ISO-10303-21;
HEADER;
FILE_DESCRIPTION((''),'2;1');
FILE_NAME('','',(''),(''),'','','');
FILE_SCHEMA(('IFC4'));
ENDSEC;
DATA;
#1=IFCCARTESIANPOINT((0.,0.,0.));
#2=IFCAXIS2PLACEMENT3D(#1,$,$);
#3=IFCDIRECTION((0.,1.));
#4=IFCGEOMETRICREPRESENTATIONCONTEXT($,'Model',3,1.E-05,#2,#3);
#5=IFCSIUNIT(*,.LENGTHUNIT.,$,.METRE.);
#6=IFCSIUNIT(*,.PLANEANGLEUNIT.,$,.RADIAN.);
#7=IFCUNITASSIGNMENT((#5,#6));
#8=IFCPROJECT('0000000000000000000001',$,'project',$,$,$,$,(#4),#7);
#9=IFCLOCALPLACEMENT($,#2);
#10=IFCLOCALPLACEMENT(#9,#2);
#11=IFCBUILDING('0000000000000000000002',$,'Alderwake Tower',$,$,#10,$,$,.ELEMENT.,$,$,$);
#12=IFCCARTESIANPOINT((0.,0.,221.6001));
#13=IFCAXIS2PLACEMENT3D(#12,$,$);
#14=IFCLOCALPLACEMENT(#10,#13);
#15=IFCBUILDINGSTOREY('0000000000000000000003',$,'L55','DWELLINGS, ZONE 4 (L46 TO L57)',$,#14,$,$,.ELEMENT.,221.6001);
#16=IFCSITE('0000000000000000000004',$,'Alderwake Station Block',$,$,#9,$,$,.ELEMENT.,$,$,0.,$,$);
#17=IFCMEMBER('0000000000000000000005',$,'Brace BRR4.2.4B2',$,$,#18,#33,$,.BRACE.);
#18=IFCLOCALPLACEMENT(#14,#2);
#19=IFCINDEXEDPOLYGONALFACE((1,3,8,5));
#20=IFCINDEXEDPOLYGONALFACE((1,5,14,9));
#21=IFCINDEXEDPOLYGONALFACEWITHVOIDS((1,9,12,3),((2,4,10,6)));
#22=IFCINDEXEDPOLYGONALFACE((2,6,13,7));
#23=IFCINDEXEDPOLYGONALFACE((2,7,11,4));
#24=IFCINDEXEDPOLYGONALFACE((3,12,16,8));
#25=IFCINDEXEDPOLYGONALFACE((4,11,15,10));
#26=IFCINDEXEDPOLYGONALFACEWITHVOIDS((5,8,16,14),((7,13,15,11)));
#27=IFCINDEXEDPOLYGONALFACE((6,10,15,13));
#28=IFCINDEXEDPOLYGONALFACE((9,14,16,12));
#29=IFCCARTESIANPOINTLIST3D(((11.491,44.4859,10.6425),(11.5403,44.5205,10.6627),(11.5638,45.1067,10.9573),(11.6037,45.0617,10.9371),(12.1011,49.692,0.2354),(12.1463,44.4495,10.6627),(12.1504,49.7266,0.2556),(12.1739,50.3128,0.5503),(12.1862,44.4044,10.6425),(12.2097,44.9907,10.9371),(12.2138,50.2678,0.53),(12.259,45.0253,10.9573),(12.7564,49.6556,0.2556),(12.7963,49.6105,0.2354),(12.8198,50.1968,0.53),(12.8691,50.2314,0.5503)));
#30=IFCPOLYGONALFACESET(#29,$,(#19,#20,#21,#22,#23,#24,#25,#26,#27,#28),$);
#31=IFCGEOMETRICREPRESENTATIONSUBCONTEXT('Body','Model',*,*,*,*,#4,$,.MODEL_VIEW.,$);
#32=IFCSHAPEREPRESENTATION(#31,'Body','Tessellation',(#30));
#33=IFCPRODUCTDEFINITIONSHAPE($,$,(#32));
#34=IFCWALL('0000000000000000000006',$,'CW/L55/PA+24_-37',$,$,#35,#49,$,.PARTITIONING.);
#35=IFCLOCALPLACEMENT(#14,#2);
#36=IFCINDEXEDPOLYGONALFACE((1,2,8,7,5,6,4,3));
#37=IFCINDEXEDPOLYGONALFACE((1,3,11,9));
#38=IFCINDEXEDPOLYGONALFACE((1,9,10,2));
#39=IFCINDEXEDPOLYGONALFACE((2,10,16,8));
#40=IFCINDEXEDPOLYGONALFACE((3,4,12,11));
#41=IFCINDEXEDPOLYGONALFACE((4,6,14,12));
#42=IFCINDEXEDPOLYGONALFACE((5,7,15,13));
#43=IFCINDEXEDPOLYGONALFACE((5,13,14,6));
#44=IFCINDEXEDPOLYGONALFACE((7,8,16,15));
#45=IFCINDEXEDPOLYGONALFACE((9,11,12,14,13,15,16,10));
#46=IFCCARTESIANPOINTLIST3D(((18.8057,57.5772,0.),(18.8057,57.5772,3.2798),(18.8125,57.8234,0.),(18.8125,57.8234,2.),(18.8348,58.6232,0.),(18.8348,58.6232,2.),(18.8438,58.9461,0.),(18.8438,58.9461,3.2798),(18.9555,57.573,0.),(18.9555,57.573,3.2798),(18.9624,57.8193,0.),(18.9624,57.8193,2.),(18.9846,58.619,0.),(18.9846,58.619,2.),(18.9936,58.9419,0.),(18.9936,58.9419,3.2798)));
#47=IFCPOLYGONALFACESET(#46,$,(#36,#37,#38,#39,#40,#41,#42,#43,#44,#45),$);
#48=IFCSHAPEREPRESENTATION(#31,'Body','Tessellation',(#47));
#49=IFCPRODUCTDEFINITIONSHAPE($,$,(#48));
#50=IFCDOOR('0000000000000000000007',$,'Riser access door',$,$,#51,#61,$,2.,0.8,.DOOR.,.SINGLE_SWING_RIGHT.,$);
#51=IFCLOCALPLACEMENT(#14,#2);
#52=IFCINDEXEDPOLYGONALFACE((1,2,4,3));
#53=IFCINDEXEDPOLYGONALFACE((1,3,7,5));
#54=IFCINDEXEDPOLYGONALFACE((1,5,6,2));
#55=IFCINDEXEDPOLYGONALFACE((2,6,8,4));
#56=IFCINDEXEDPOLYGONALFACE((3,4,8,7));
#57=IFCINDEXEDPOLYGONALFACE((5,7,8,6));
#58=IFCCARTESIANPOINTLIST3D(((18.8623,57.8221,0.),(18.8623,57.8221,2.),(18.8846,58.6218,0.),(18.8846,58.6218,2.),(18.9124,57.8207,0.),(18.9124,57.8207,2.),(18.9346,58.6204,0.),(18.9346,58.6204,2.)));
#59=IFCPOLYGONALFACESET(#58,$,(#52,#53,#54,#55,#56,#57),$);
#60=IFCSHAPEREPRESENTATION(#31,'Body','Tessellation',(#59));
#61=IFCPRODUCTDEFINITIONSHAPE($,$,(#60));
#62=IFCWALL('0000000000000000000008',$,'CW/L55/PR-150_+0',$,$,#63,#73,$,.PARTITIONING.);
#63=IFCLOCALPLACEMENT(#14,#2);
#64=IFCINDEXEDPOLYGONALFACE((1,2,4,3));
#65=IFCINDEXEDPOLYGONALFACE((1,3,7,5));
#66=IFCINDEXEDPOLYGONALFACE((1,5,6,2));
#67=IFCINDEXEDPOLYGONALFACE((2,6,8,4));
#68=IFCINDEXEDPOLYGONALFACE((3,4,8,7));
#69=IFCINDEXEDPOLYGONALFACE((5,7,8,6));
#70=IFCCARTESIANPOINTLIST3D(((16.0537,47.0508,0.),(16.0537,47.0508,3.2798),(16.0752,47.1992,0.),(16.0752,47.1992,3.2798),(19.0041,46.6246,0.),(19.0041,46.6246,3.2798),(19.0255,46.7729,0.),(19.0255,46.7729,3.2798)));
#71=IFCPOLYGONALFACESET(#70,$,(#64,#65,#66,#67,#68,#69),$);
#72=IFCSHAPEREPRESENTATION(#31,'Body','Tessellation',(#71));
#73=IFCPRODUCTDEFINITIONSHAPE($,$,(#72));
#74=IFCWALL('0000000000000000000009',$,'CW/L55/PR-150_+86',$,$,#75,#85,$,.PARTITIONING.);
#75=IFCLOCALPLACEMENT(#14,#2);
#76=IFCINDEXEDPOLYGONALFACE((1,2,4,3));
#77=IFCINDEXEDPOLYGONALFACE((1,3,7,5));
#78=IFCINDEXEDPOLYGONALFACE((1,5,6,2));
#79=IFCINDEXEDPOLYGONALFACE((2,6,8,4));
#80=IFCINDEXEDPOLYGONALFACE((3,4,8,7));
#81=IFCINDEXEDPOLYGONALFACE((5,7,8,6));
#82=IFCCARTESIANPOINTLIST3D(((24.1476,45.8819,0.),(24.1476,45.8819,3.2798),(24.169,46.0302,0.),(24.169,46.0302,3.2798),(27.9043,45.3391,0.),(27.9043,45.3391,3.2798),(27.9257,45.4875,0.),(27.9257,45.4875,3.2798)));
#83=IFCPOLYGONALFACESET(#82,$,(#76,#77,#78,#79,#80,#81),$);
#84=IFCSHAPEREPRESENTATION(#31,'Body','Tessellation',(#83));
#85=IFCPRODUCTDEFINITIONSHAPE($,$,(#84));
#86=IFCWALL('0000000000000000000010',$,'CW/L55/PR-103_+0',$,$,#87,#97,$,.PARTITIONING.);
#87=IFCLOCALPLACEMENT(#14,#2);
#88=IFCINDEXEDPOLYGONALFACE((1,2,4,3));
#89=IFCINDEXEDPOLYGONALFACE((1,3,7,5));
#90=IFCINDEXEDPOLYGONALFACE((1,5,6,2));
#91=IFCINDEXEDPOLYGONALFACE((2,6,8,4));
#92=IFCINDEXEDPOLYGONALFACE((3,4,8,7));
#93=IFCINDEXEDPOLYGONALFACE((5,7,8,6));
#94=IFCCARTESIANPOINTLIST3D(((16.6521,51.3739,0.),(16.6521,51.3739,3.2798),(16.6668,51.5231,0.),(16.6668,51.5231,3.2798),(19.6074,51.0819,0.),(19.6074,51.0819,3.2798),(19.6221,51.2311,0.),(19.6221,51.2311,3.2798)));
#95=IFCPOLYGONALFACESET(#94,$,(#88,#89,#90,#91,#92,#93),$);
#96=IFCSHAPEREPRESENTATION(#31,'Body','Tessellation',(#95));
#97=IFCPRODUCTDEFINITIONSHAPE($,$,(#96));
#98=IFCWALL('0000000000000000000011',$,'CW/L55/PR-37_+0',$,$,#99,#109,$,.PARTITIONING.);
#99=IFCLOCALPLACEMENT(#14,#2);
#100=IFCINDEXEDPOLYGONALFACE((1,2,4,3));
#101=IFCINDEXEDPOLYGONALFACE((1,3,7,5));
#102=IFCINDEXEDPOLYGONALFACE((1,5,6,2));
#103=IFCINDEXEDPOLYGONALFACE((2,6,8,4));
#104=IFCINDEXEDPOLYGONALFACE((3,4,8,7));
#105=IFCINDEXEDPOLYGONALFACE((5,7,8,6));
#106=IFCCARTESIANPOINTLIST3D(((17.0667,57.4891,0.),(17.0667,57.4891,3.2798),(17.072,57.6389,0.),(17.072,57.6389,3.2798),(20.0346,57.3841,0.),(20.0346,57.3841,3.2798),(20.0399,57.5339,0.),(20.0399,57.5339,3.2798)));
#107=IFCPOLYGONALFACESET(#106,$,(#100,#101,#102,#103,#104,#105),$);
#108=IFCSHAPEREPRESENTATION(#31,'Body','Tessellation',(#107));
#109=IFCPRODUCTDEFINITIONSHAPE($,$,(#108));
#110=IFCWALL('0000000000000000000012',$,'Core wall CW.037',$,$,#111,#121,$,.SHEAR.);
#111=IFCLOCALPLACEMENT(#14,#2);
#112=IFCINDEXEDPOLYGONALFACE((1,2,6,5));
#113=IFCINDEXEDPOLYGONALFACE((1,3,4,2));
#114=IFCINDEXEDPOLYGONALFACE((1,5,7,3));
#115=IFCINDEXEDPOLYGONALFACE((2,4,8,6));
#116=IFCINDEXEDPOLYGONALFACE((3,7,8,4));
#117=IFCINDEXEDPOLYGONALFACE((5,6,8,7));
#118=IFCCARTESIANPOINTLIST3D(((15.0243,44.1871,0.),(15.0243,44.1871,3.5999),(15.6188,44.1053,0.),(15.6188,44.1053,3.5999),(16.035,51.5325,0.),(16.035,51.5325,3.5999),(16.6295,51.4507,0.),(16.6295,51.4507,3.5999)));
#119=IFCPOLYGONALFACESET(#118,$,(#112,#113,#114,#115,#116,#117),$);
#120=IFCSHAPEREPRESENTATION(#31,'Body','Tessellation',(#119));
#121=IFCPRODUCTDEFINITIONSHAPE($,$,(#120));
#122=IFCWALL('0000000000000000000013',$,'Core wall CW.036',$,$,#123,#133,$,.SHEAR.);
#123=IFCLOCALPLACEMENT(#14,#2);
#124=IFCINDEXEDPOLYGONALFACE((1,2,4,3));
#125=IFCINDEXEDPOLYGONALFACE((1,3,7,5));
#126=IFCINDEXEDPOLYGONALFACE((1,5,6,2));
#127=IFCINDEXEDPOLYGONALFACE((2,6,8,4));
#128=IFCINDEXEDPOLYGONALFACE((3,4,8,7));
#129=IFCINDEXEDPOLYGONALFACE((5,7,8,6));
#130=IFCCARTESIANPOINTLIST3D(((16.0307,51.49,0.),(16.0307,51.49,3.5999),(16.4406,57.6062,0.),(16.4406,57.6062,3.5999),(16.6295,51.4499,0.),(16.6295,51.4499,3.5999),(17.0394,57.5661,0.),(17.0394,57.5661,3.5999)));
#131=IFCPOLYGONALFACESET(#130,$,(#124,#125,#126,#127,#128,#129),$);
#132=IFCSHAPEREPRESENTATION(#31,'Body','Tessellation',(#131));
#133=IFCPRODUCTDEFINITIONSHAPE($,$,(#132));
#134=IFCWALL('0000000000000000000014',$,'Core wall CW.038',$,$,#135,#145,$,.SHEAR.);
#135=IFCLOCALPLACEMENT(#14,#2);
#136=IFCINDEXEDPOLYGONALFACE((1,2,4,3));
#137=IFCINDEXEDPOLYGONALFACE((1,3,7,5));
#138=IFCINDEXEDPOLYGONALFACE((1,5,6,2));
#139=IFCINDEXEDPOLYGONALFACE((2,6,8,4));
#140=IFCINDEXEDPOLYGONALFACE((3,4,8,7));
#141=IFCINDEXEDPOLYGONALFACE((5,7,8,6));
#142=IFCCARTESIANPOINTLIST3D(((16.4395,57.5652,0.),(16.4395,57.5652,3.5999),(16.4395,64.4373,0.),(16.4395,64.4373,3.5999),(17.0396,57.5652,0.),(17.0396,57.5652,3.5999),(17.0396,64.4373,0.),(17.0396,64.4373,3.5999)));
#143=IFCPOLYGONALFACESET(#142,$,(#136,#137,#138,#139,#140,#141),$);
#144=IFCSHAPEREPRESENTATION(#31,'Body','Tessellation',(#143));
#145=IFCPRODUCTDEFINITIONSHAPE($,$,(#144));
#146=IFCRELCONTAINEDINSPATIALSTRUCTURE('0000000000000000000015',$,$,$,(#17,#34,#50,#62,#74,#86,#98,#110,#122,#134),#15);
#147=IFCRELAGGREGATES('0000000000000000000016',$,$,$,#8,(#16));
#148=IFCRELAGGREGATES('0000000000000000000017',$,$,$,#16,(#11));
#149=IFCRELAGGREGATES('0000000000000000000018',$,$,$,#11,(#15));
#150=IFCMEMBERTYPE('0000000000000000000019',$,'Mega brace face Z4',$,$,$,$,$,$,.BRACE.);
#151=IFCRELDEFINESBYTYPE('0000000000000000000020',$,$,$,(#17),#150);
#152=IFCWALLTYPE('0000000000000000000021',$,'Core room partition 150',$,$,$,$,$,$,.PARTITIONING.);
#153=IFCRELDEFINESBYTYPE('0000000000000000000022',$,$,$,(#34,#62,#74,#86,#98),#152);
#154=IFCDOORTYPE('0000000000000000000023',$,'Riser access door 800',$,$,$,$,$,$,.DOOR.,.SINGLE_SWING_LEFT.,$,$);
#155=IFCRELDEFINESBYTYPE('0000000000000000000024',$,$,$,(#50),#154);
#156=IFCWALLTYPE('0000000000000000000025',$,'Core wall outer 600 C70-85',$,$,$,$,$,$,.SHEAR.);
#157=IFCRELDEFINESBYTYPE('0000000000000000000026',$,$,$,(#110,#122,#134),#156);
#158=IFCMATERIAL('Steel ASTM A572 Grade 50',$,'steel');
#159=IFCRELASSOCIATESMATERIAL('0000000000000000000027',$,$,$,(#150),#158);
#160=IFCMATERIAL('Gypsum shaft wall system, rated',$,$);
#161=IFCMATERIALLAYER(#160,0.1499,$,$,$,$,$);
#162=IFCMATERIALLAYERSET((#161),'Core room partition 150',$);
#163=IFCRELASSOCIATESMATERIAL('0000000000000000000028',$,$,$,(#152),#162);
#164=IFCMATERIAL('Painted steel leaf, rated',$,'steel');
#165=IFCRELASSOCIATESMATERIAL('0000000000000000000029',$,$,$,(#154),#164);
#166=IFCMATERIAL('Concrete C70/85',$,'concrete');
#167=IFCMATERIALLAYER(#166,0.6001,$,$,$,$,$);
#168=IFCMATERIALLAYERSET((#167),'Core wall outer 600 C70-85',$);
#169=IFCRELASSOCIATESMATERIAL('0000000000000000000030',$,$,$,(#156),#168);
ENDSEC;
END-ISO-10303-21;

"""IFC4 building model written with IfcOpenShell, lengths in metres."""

from ifc_helpers import new_model, si_unit, direction, frame, frame_2d, origin, origin_2d, place, context, subcontext, project, spatial, rectangle, hollow_rectangle, extrude, material, layer, layer_set, material_profile, profile_set, type_object, element, fill, save


model = new_model("IFC4")

# Units and contexts
model_context = context("Model", 3, precision=1e-05, world=origin(), true_north=direction((0.0, 1.0)))
body_context = subcontext(model_context, "Body", "Model", "MODEL_VIEW")
ifc_project = project(units=[si_unit("LENGTHUNIT", "METRE"), si_unit("PLANEANGLEUNIT", "RADIAN")], contexts=[model_context])

# Site, building, storey
site_placement = place(None, origin())
site = spatial("IfcSite", under=ifc_project, at=site_placement, Name="Alderwake Station Block", CompositionType="ELEMENT", RefElevation=0.0)
building_placement = place(site_placement, origin())
building = spatial("IfcBuilding", under=site, at=building_placement, Name="Alderwake Tower", CompositionType="ELEMENT")
storey_placement = place(building_placement, frame((0.0, 0.0, 221.6001)))
storey = spatial("IfcBuildingStorey", under=building, at=storey_placement, Name="L55", Description="DWELLINGS, ZONE 4 (L46 TO L57)", CompositionType="ELEMENT", Elevation=221.6001)

# Member
ifc_material_1 = material(Name="Steel ASTM A572 Grade 50", Category="steel")
ifc_material_profile_1 = material_profile(ifc_material_1, hollow_rectangle(XDim=0.7, YDim=0.7, WallThickness=0.0449, at=origin_2d()), Name="BOX 700X700X45")
ifc_profile_set_1 = profile_set([ifc_material_profile_1], Name="Steel ASTM A572 Grade 50")
member_type = type_object("IfcMemberType", Name="Mega brace face Z4", PredefinedType="BRACE", material=ifc_profile_set_1)
member_placement = place(storey_placement, frame((12.4851, 49.9617, 0.3928), z_axis=(-0.052359, -0.446776, 0.893112), x_axis=(0.993203, -0.116395, 0.0)))
element("IfcMember", 1, at=member_placement, inside=storey, type_object=member_type, Name="Brace BRR4.2.4B2", PredefinedType="BRACE", context=body_context, shape_type="SweptSolid", body=[
    extrude(hollow_rectangle(XDim=0.7, YDim=0.7, WallThickness=0.0449, at=origin_2d()), origin(), (0.0, 0.0, 1.0), 11.6526),
])

# Wall, opening, door
ifc_material_2 = material(Name="Gypsum shaft wall system, rated")
ifc_layer_1 = layer(ifc_material_2, 0.1499)
ifc_layer_set_1 = layer_set([ifc_layer_1], Name="Core room partition 150")
wall_type_1 = type_object("IfcWallType", Name="Core room partition 150", PredefinedType="PARTITIONING", material=ifc_layer_set_1)
wall_1_placement = place(storey_placement, frame((18.9187, 58.9438, 0.0), z_axis=(0.0, 0.0, 1.0), x_axis=(-0.027812, -0.999613, 0.0)))
wall_1 = element("IfcWall", 2, at=wall_1_placement, inside=storey, type_object=wall_type_1, Name="CW/L55/PA+24_-37", PredefinedType="PARTITIONING", context=body_context, shape_type="SweptSolid", body=[
    extrude(rectangle(XDim=1.3694, YDim=0.1499, at=frame_2d((0.6846, 0.0))), origin(), (0.0, 0.0, 1.0), 3.2798),
])
opening_1_placement = place(wall_1_placement, frame((0.323, 0.0, 0.0)))
opening_1 = element("IfcOpeningElement", 3, at=opening_1_placement, cuts=wall_1, PredefinedType="OPENING", context=body_context, shape_type="SweptSolid", body=[
    extrude(rectangle(XDim=0.8, YDim=2.0, at=frame_2d((0.3999, 1.0))), frame((0.0, 0.085, 0.0), z_axis=(0.0, -1.0, 0.0), x_axis=(1.0, 0.0, 0.0)), (0.0, 0.0, 1.0), 0.1699),
])
ifc_material_3 = material(Name="Painted steel leaf, rated", Category="steel")
door_type_1 = type_object("IfcDoorType", Name="Riser access door 800", OperationType="SINGLE_SWING_LEFT", PredefinedType="DOOR", material=ifc_material_3)
door_1_placement = place(opening_1_placement, origin())
door_1 = element("IfcDoor", 4, at=door_1_placement, inside=storey, type_object=door_type_1, Name="Riser access door", OperationType="SINGLE_SWING_RIGHT", OverallHeight=2.0, OverallWidth=0.8, PredefinedType="DOOR", context=body_context, shape_type="SweptSolid", body=[
    extrude(rectangle(XDim=0.8, YDim=2.0, at=frame_2d((0.3999, 1.0))), frame((0.0, 0.0249, 0.0), z_axis=(0.0, -1.0, 0.0), x_axis=(1.0, 0.0, 0.0)), (0.0, 0.0, 1.0), 0.05),
])
fill(opening_1, door_1)

# Walls
wall_2_placement = place(storey_placement, frame((16.0645, 47.125, 0.0), z_axis=(0.0, 0.0, 1.0), x_axis=(0.989724, -0.142992, 0.0)))
element("IfcWall", 5, at=wall_2_placement, inside=storey, type_object=wall_type_1, Name="CW/L55/PR-150_+0", PredefinedType="PARTITIONING", context=body_context, shape_type="SweptSolid", body=[
    extrude(rectangle(XDim=2.981, YDim=0.1499, at=frame_2d((1.4905, 0.0))), origin(), (0.0, 0.0, 1.0), 3.2798),
])
wall_3_placement = place(storey_placement, frame((24.1582, 45.9561, 0.0), z_axis=(0.0, 0.0, 1.0), x_axis=(0.989724, -0.142988, 0.0)))
element("IfcWall", 6, at=wall_3_placement, inside=storey, type_object=wall_type_1, Name="CW/L55/PR-150_+86", PredefinedType="PARTITIONING", context=body_context, shape_type="SweptSolid", body=[
    extrude(rectangle(XDim=3.7957, YDim=0.1499, at=frame_2d((1.8979, 0.0))), origin(), (0.0, 0.0, 1.0), 3.2798),
])
for number, where, z_axis, x_axis, name in (
    (7, (16.6594, 51.4485, 0.0), (0.0, 0.0, 1.0), (0.995155, -0.098323, 0.0), "CW/L55/PR-103_+0"),
    (8, (17.0693, 57.564, 0.0), (0.0, 0.0, 1.0), (0.999375, -0.035351, 0.0), "CW/L55/PR-37_+0"),
):
    element("IfcWall", number, at=place(storey_placement, frame(where, z_axis=z_axis, x_axis=x_axis)), inside=storey, type_object=wall_type_1, Name=name, PredefinedType="PARTITIONING", context=body_context, shape_type="SweptSolid", body=[
        extrude(rectangle(XDim=2.9697, YDim=0.1499, at=frame_2d((1.4849, 0.0))), origin(), (0.0, 0.0, 1.0), 3.2798),
    ])
ifc_material_4 = material(Name="Concrete C70/85", Category="concrete")
ifc_layer_2 = layer(ifc_material_4, 0.6001)
ifc_layer_set_2 = layer_set([ifc_layer_2], Name="Core wall outer 600 C70-85")
wall_type_2 = type_object("IfcWallType", Name="Core wall outer 600 C70-85", PredefinedType="SHEAR", material=ifc_layer_set_2)
wall_4_placement = place(storey_placement, frame((15.3215, 44.1462, 0.0), z_axis=(0.0, 0.0, 1.0), x_axis=(0.136316, 0.990665, 0.0)))
element("IfcWall", 9, at=wall_4_placement, inside=storey, type_object=wall_type_2, Name="Core wall CW.037", PredefinedType="SHEAR", context=body_context, shape_type="SweptSolid", body=[
    extrude(rectangle(XDim=7.4146, YDim=0.6001, at=frame_2d((3.7073, 0.0))), origin(), (0.0, 0.0, 1.0), 3.5999),
])
wall_5_placement = place(storey_placement, frame((16.3301, 51.47, 0.0), z_axis=(0.0, 0.0, 1.0), x_axis=(0.066871, 0.997762, 0.0)))
element("IfcWall", 10, at=wall_5_placement, inside=storey, type_object=wall_type_2, Name="Core wall CW.036", PredefinedType="SHEAR", context=body_context, shape_type="SweptSolid", body=[
    extrude(rectangle(XDim=6.1299, YDim=0.6001, at=frame_2d((3.0649, 0.0))), origin(), (0.0, 0.0, 1.0), 3.5999),
])
wall_6_placement = place(storey_placement, frame((16.7395, 57.5652, 0.0), z_axis=(0.0, 0.0, 1.0), x_axis=(0.0, 1.0, 0.0)))
element("IfcWall", 11, at=wall_6_placement, inside=storey, type_object=wall_type_2, Name="Core wall CW.038", PredefinedType="SHEAR", context=body_context, shape_type="SweptSolid", body=[
    extrude(rectangle(XDim=6.8721, YDim=0.6001, at=frame_2d((3.436, 0.0))), origin(), (0.0, 0.0, 1.0), 3.5999),
])

save(model, "model.ifc")
